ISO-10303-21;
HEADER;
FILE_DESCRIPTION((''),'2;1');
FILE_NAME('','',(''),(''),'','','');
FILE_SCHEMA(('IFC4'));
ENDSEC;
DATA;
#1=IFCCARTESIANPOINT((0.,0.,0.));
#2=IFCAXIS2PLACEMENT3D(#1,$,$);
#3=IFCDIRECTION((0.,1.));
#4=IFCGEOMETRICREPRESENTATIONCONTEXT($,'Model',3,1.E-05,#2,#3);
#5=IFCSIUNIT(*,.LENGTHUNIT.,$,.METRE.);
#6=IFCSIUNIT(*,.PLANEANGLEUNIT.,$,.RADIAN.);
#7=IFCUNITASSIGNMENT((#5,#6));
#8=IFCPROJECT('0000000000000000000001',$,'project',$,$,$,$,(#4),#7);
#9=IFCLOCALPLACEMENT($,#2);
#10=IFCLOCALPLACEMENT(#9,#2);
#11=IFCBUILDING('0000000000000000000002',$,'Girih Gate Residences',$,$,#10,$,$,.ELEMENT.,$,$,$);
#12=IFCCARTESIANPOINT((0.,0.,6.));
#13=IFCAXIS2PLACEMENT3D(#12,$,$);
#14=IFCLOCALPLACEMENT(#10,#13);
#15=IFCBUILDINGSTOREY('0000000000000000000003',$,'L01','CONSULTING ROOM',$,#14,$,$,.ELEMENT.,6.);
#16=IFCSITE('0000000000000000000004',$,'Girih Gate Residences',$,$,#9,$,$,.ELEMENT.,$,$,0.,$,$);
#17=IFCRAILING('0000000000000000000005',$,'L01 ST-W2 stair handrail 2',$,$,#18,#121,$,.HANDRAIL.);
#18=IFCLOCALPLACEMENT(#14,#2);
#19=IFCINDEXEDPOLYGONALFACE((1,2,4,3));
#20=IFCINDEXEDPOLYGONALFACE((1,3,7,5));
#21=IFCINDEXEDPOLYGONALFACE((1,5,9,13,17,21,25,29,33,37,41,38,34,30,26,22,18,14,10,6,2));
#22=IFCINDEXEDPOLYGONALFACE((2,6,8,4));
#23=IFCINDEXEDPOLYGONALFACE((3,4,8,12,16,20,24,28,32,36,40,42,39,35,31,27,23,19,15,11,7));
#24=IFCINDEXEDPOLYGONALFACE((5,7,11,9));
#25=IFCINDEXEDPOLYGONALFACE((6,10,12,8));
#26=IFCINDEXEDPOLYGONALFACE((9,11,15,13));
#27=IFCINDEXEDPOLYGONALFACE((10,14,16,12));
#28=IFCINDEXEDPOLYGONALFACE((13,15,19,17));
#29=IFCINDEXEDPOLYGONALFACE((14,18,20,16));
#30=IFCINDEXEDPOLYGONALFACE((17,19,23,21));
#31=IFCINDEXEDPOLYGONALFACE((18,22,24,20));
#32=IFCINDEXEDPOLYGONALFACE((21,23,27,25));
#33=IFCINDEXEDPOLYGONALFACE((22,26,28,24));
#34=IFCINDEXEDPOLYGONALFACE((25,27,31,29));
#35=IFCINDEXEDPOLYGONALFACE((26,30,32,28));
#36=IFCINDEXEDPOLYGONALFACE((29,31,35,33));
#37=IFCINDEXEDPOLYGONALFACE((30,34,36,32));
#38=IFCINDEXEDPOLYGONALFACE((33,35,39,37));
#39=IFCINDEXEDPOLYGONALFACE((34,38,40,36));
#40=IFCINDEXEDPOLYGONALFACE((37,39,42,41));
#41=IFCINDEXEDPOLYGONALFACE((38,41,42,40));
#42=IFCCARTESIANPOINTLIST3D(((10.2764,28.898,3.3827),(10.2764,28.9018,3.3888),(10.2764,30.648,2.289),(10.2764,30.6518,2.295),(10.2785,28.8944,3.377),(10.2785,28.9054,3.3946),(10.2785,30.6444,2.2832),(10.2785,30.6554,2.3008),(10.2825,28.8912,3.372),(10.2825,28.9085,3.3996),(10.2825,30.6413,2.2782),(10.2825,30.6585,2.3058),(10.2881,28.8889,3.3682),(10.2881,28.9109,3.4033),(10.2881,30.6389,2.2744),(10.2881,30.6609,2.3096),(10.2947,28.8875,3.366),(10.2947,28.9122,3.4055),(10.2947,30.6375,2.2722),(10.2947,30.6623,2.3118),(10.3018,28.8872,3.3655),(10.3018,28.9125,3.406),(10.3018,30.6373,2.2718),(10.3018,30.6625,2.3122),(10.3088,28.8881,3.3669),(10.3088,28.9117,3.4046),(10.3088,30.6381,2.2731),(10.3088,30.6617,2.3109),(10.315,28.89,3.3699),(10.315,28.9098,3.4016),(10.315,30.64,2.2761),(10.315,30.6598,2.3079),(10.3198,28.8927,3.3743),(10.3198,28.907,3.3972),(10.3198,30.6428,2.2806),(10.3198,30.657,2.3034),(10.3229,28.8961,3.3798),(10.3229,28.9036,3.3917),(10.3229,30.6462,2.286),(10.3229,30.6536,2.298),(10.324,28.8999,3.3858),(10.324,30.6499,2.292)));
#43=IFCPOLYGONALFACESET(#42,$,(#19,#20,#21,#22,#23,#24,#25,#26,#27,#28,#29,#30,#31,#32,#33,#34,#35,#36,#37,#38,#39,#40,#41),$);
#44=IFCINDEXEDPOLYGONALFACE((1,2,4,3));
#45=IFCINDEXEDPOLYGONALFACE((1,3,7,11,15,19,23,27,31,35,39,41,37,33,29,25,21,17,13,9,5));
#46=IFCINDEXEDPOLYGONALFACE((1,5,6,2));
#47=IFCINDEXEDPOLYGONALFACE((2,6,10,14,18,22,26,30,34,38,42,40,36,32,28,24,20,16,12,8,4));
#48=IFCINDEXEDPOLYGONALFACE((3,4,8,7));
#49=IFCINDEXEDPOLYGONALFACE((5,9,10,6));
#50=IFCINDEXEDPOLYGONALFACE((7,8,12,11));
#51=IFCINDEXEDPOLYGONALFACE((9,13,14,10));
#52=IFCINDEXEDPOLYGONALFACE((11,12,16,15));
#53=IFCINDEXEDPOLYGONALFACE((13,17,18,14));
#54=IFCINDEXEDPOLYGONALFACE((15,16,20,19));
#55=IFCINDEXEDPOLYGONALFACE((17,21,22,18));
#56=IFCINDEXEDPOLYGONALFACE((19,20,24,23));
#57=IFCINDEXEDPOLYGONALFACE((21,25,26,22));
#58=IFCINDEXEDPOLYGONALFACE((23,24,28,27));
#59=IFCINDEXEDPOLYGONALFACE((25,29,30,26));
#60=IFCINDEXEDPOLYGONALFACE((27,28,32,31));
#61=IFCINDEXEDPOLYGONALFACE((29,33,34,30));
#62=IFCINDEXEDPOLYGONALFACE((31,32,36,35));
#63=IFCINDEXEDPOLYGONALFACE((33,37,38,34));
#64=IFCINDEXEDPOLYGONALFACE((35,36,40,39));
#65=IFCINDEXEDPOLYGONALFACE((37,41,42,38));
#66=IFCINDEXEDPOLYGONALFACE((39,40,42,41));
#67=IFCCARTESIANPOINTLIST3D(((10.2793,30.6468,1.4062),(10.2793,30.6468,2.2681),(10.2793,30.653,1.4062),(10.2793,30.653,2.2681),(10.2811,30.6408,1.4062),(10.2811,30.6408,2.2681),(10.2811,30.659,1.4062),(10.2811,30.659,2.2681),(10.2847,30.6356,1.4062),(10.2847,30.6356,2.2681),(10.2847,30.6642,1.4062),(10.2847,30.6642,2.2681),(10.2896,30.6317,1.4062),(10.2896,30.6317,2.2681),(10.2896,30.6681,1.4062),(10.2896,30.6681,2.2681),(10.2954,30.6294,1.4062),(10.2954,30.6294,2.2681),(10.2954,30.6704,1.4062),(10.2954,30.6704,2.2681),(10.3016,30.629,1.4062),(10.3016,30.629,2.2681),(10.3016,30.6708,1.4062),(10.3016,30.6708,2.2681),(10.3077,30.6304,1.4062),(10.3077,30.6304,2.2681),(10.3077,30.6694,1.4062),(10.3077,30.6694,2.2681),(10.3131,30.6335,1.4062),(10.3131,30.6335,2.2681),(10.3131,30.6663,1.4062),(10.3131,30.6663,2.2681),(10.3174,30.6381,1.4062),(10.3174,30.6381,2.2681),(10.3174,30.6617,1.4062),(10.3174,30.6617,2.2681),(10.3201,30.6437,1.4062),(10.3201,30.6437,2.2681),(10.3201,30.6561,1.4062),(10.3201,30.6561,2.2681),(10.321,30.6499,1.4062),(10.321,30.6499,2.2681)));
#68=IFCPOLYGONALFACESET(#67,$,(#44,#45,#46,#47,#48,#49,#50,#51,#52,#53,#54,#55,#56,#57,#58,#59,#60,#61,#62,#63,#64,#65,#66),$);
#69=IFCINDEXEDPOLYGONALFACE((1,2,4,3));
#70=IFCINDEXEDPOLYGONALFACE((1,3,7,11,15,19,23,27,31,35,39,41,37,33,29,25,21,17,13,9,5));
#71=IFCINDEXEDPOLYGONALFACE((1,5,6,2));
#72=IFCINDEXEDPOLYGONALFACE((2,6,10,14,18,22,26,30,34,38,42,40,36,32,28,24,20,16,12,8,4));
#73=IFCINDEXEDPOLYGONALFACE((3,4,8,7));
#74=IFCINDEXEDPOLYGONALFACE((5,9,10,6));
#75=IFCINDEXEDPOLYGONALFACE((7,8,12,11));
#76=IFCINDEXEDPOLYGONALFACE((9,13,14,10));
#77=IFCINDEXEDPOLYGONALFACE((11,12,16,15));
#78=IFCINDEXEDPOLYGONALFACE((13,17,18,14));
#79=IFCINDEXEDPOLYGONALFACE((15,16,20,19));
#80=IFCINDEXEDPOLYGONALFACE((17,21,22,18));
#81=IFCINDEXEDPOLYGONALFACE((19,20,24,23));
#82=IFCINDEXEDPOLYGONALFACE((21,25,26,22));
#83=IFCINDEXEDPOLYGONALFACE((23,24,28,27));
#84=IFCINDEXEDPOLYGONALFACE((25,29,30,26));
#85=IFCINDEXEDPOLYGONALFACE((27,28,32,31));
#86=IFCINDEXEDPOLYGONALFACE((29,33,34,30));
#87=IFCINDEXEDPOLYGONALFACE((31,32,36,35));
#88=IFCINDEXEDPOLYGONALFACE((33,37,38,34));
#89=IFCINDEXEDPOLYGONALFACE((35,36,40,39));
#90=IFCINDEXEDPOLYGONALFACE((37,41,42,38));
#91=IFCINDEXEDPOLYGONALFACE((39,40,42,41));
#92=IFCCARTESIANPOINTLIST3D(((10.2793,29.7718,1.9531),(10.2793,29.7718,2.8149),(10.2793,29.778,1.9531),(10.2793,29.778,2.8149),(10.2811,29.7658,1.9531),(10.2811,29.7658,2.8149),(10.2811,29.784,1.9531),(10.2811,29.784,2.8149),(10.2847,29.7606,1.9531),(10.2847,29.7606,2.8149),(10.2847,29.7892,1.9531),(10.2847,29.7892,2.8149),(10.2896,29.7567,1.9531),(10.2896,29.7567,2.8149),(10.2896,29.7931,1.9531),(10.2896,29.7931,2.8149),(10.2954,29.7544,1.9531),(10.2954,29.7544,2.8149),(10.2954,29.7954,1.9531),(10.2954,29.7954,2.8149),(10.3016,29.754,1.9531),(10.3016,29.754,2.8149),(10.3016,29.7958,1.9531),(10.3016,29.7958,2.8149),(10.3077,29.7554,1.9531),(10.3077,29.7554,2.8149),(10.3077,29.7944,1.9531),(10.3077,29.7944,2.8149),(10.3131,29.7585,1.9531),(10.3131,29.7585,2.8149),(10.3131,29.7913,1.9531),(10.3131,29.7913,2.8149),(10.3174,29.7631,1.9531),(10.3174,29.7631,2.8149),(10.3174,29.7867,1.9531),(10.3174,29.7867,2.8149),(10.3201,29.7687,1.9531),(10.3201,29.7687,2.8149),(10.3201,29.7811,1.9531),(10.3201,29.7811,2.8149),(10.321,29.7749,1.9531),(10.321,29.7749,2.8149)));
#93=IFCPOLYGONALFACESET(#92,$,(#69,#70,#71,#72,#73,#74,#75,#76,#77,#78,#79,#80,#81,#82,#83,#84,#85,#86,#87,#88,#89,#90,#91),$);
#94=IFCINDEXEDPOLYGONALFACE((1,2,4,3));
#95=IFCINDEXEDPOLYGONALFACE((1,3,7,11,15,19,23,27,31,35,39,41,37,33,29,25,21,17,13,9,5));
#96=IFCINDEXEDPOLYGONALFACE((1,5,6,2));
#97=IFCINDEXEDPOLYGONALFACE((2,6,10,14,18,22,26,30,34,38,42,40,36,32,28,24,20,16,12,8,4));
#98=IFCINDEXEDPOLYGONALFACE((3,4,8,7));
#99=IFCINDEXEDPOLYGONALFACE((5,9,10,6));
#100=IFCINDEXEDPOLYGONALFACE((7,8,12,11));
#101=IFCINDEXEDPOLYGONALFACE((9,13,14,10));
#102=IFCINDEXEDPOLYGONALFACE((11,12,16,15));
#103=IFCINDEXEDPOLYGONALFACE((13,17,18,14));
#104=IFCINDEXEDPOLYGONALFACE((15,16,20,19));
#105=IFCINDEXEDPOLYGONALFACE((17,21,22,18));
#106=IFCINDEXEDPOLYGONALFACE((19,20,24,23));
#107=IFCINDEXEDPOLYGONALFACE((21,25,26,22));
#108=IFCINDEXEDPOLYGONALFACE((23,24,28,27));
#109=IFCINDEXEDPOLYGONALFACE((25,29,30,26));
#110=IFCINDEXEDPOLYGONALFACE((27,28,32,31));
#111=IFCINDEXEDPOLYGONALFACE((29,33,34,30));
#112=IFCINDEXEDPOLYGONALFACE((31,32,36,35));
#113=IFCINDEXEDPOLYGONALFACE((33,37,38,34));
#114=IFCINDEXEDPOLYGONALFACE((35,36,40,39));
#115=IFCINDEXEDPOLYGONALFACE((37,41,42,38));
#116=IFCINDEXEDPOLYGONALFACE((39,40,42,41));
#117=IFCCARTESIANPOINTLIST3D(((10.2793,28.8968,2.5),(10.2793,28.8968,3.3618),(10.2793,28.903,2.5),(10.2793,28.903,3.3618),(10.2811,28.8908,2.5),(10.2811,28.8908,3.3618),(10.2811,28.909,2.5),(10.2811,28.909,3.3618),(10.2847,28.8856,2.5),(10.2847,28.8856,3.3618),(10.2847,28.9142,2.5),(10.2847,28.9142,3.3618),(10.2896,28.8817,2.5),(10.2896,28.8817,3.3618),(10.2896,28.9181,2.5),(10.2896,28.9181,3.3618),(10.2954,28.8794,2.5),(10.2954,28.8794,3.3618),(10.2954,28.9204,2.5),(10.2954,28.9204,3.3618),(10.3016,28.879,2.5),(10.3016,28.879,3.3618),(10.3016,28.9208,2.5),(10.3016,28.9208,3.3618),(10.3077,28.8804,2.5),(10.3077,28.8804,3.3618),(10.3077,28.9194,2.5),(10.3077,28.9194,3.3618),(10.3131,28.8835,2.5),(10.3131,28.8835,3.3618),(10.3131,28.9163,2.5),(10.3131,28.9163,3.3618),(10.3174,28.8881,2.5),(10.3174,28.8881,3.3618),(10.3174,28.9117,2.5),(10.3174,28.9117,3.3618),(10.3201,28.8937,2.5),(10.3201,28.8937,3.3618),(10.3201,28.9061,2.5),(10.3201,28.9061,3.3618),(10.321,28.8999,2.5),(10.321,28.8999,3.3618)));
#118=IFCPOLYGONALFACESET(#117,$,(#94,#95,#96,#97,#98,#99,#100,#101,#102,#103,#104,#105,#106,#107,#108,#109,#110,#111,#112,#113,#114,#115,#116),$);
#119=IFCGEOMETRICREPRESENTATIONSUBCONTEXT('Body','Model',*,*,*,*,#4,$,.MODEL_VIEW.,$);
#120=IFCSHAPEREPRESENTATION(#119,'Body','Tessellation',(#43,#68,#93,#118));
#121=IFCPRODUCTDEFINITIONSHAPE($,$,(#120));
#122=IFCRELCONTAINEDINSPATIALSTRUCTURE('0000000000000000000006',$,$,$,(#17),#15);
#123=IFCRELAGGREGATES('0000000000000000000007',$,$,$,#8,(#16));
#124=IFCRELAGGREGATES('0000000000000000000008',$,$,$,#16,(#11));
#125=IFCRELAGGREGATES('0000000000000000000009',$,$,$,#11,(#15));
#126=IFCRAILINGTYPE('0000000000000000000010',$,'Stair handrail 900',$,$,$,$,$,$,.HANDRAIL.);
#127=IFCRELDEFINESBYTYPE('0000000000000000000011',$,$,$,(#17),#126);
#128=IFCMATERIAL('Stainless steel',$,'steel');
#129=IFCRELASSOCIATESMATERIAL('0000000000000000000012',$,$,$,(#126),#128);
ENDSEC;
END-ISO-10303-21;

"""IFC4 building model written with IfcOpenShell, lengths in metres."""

from ifc_helpers import new_model, si_unit, direction, frame, origin, origin_2d, place, context, subcontext, project, spatial, circle, extrude, material, type_object, element, save


model = new_model("IFC4")

# Units and contexts
model_context = context("Model", 3, precision=1e-05, world=origin(), true_north=direction((0.0, 1.0)))
body_context = subcontext(model_context, "Body", "Model", "MODEL_VIEW")
ifc_project = project(units=[si_unit("LENGTHUNIT", "METRE"), si_unit("PLANEANGLEUNIT", "RADIAN")], contexts=[model_context])

# Site, building, storey
site_placement = place(None, origin())
site = spatial("IfcSite", under=ifc_project, at=site_placement, Name="Girih Gate Residences", CompositionType="ELEMENT", RefElevation=0.0)
building_placement = place(site_placement, origin())
building = spatial("IfcBuilding", under=site, at=building_placement, Name="Girih Gate Residences", CompositionType="ELEMENT")
storey_placement = place(building_placement, frame((0.0, 0.0, 6.0)))
storey = spatial("IfcBuildingStorey", under=building, at=storey_placement, Name="L01", Description="CONSULTING ROOM", CompositionType="ELEMENT", Elevation=6.0)

# Railing
ifc_material_1 = material(Name="Stainless steel", Category="steel")
railing_type_1 = type_object("IfcRailingType", Name="Stair handrail 900", PredefinedType="HANDRAIL", material=ifc_material_1)
railing_1_placement = place(storey_placement, frame((10.3, 30.6499, 1.4062)))
element("IfcRailing", 1, at=railing_1_placement, inside=storey, type_object=railing_type_1, Name="L01 ST-W2 stair handrail 2", PredefinedType="HANDRAIL", context=body_context, shape_type="SweptSolid", body=[
    extrude(circle(Radius=0.0239, at=origin_2d()), frame((0.0, 0.0, 0.8857), z_axis=(0.0, -0.847998, 0.529999), x_axis=(1.0, 0.0, 0.0)), (0.0, 0.0, 1.0), 2.0637),
    extrude(circle(Radius=0.021, at=origin_2d()), origin(), (0.0, 0.0, 1.0), 0.8618),
    extrude(circle(Radius=0.021, at=origin_2d()), frame((0.0, -0.875, 0.5469)), (0.0, 0.0, 1.0), 0.8618),
    extrude(circle(Radius=0.021, at=origin_2d()), frame((0.0, -1.75, 1.0938)), (0.0, 0.0, 1.0), 0.8618),
])

save(model, "model.ifc")
